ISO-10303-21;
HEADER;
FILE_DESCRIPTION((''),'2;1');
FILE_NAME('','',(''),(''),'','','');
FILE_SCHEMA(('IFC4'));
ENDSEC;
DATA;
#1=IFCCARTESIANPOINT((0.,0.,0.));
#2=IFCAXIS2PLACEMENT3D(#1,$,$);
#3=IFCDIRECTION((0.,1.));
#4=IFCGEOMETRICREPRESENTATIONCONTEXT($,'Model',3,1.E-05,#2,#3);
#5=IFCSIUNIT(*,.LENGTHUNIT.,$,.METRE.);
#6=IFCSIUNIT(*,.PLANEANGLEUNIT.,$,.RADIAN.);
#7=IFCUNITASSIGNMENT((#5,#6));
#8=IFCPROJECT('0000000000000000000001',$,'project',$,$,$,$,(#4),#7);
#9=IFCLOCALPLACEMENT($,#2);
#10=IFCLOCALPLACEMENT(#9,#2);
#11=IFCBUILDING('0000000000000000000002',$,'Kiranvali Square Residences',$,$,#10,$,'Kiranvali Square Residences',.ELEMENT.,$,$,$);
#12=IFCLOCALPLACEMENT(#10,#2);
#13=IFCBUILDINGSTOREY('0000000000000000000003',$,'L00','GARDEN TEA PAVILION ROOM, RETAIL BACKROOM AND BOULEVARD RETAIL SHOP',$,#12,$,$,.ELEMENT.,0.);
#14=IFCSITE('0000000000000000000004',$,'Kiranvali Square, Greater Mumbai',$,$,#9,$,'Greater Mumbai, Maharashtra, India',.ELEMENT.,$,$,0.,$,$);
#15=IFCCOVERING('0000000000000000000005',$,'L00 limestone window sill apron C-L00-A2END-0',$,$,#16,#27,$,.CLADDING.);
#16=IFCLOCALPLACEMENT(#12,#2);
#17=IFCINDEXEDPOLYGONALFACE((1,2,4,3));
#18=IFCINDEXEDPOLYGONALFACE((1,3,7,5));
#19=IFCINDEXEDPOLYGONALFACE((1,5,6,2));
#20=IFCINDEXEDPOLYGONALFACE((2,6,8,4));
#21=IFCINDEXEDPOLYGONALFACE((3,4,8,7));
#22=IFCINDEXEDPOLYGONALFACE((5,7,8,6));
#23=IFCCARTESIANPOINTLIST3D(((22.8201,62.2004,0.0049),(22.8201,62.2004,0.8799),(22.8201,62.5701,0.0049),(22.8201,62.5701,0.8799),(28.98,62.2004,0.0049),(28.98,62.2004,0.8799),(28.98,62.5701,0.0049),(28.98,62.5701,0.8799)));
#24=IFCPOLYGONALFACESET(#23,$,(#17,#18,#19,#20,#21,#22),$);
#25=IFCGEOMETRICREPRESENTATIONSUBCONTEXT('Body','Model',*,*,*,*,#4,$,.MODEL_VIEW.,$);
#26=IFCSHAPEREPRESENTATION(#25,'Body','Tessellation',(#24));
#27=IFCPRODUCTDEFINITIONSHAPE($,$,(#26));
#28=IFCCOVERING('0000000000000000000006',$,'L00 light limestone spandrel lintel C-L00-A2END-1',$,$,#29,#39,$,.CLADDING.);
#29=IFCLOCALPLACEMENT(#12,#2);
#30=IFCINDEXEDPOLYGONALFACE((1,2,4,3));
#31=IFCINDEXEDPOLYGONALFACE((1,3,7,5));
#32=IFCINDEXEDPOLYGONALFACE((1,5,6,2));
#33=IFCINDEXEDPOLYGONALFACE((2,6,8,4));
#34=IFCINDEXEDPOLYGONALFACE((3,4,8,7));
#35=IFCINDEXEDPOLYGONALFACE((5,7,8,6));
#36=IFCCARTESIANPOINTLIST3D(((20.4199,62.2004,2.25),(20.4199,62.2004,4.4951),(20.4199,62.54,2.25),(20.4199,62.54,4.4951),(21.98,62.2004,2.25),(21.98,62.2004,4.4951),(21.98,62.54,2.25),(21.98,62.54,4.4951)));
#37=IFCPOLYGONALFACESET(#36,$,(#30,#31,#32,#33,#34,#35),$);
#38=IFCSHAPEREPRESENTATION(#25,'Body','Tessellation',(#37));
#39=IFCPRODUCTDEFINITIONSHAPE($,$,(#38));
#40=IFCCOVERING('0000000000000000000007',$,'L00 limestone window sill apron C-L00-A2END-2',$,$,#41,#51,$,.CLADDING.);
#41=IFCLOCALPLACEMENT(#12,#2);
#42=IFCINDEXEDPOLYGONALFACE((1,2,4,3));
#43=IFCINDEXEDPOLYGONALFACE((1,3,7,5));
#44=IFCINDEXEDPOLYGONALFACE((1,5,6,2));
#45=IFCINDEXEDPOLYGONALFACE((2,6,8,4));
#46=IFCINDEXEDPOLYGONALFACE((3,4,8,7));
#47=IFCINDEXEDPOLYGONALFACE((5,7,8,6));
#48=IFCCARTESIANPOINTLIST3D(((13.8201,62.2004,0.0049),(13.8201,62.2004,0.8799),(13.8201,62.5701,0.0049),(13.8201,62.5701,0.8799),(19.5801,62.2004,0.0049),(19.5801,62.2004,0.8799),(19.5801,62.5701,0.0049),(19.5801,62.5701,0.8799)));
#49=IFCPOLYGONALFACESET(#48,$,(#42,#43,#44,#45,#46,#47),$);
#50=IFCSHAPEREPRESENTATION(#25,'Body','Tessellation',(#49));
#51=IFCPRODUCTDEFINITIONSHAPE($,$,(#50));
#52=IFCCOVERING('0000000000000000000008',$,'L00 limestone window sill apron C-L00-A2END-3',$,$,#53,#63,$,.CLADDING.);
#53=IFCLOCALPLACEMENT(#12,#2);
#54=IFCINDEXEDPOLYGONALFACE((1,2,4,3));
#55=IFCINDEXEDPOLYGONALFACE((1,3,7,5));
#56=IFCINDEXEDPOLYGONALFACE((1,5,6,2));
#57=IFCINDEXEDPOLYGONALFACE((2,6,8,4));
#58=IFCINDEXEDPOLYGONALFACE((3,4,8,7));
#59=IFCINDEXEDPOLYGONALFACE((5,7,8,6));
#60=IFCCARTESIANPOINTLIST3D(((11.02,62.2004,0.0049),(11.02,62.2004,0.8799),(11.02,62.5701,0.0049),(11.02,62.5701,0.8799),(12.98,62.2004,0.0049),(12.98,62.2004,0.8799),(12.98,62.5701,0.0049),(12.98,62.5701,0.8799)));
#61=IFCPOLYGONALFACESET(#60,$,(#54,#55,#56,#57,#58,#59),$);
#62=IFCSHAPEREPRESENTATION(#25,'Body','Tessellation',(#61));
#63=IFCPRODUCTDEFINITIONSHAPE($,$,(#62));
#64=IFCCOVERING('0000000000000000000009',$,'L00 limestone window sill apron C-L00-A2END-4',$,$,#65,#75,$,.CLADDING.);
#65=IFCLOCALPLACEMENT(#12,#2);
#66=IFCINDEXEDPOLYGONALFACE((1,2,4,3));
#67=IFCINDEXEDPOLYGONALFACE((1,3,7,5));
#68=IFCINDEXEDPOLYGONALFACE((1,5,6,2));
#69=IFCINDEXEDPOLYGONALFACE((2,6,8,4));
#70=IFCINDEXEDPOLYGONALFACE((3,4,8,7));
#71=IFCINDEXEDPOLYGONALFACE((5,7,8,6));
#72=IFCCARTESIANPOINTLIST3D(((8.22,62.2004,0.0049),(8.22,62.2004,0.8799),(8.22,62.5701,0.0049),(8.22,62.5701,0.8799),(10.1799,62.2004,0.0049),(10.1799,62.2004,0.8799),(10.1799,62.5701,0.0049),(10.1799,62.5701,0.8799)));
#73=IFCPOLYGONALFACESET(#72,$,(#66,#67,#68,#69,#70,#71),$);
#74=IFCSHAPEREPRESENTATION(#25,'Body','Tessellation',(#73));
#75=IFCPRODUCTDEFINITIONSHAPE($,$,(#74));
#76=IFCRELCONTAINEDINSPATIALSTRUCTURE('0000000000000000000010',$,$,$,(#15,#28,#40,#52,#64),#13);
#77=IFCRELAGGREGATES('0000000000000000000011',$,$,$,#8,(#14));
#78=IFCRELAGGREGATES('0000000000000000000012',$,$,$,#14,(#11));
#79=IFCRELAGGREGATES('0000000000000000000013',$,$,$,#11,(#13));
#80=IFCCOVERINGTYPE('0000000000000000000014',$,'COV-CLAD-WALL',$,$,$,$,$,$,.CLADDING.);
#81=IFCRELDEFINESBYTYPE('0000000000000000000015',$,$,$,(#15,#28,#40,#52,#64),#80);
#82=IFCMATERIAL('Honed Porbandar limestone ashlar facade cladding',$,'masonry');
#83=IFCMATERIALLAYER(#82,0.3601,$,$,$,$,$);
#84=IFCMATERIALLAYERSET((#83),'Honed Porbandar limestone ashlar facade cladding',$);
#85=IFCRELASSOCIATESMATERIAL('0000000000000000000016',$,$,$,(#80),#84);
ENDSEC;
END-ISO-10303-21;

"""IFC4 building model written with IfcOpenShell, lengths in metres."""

from ifc_helpers import new_model, si_unit, direction, frame, origin, place, context, subcontext, project, spatial, polyline, outline, extrude, material, layer, layer_set, type_object, element, save


model = new_model("IFC4")

# Units and contexts
model_context = context("Model", 3, precision=1e-05, world=origin(), true_north=direction((0.0, 1.0)))
body_context = subcontext(model_context, "Body", "Model", "MODEL_VIEW")
ifc_project = project(units=[si_unit("LENGTHUNIT", "METRE"), si_unit("PLANEANGLEUNIT", "RADIAN")], contexts=[model_context])

# Site, building, storey
site_placement = place(None, origin())
site = spatial("IfcSite", under=ifc_project, at=site_placement, Name="Kiranvali Square, Greater Mumbai", LongName="Greater Mumbai, Maharashtra, India", CompositionType="ELEMENT", RefElevation=0.0)
building_placement = place(site_placement, origin())
building = spatial("IfcBuilding", under=site, at=building_placement, Name="Kiranvali Square Residences", LongName="Kiranvali Square Residences", CompositionType="ELEMENT")
storey_placement = place(building_placement, origin())
storey = spatial("IfcBuildingStorey", under=building, at=storey_placement, Name="L00", Description="GARDEN TEA PAVILION ROOM, RETAIL BACKROOM AND BOULEVARD RETAIL SHOP", CompositionType="ELEMENT", Elevation=0.0)

# Coverings
ifc_material = material(Name="Honed Porbandar limestone ashlar facade cladding", Category="masonry")
ifc_layer_1 = layer(ifc_material, 0.3601)
ifc_layer_set_1 = layer_set([ifc_layer_1], Name="Honed Porbandar limestone ashlar facade cladding")
covering_type_1 = type_object("IfcCoveringType", Name="COV-CLAD-WALL", PredefinedType="CLADDING", material=ifc_layer_set_1)
covering_1_placement = place(storey_placement, frame((0.0, 0.0, 0.0049)))
element("IfcCovering", 1, at=covering_1_placement, inside=storey, type_object=covering_type_1, Name="L00 limestone window sill apron C-L00-A2END-0", PredefinedType="CLADDING", context=body_context, shape_type="SweptSolid", body=[
    extrude(outline(polyline([(28.98, 62.5701), (22.8201, 62.5701), (22.8201, 62.2004), (28.98, 62.2004), (28.98, 62.5701)])), origin(), (0.0, 0.0, 1.0), 0.875),
])
covering_2_placement = place(storey_placement, frame((0.0, 0.0, 2.25)))
element("IfcCovering", 2, at=covering_2_placement, inside=storey, type_object=covering_type_1, Name="L00 light limestone spandrel lintel C-L00-A2END-1", PredefinedType="CLADDING", context=body_context, shape_type="SweptSolid", body=[
    extrude(outline(polyline([(21.98, 62.54), (20.4199, 62.54), (20.4199, 62.2004), (21.98, 62.2004), (21.98, 62.54)])), origin(), (0.0, 0.0, 1.0), 2.2451),
])
covering_3_placement = place(storey_placement, frame((0.0, 0.0, 0.0049)))
element("IfcCovering", 3, at=covering_3_placement, inside=storey, type_object=covering_type_1, Name="L00 limestone window sill apron C-L00-A2END-2", PredefinedType="CLADDING", context=body_context, shape_type="SweptSolid", body=[
    extrude(outline(polyline([(19.5801, 62.5701), (13.8201, 62.5701), (13.8201, 62.2004), (19.5801, 62.2004), (19.5801, 62.5701)])), origin(), (0.0, 0.0, 1.0), 0.875),
])
covering_4_placement = place(storey_placement, frame((0.0, 0.0, 0.0049)))
element("IfcCovering", 4, at=covering_4_placement, inside=storey, type_object=covering_type_1, Name="L00 limestone window sill apron C-L00-A2END-3", PredefinedType="CLADDING", context=body_context, shape_type="SweptSolid", body=[
    extrude(outline(polyline([(12.98, 62.5701), (11.02, 62.5701), (11.02, 62.2004), (12.98, 62.2004), (12.98, 62.5701)])), origin(), (0.0, 0.0, 1.0), 0.875),
])
covering_5_placement = place(storey_placement, frame((0.0, 0.0, 0.0049)))
element("IfcCovering", 5, at=covering_5_placement, inside=storey, type_object=covering_type_1, Name="L00 limestone window sill apron C-L00-A2END-4", PredefinedType="CLADDING", context=body_context, shape_type="SweptSolid", body=[
    extrude(outline(polyline([(10.1799, 62.5701), (8.22, 62.5701), (8.22, 62.2004), (10.1799, 62.2004), (10.1799, 62.5701)])), origin(), (0.0, 0.0, 1.0), 0.875),
])

save(model, "model.ifc")
